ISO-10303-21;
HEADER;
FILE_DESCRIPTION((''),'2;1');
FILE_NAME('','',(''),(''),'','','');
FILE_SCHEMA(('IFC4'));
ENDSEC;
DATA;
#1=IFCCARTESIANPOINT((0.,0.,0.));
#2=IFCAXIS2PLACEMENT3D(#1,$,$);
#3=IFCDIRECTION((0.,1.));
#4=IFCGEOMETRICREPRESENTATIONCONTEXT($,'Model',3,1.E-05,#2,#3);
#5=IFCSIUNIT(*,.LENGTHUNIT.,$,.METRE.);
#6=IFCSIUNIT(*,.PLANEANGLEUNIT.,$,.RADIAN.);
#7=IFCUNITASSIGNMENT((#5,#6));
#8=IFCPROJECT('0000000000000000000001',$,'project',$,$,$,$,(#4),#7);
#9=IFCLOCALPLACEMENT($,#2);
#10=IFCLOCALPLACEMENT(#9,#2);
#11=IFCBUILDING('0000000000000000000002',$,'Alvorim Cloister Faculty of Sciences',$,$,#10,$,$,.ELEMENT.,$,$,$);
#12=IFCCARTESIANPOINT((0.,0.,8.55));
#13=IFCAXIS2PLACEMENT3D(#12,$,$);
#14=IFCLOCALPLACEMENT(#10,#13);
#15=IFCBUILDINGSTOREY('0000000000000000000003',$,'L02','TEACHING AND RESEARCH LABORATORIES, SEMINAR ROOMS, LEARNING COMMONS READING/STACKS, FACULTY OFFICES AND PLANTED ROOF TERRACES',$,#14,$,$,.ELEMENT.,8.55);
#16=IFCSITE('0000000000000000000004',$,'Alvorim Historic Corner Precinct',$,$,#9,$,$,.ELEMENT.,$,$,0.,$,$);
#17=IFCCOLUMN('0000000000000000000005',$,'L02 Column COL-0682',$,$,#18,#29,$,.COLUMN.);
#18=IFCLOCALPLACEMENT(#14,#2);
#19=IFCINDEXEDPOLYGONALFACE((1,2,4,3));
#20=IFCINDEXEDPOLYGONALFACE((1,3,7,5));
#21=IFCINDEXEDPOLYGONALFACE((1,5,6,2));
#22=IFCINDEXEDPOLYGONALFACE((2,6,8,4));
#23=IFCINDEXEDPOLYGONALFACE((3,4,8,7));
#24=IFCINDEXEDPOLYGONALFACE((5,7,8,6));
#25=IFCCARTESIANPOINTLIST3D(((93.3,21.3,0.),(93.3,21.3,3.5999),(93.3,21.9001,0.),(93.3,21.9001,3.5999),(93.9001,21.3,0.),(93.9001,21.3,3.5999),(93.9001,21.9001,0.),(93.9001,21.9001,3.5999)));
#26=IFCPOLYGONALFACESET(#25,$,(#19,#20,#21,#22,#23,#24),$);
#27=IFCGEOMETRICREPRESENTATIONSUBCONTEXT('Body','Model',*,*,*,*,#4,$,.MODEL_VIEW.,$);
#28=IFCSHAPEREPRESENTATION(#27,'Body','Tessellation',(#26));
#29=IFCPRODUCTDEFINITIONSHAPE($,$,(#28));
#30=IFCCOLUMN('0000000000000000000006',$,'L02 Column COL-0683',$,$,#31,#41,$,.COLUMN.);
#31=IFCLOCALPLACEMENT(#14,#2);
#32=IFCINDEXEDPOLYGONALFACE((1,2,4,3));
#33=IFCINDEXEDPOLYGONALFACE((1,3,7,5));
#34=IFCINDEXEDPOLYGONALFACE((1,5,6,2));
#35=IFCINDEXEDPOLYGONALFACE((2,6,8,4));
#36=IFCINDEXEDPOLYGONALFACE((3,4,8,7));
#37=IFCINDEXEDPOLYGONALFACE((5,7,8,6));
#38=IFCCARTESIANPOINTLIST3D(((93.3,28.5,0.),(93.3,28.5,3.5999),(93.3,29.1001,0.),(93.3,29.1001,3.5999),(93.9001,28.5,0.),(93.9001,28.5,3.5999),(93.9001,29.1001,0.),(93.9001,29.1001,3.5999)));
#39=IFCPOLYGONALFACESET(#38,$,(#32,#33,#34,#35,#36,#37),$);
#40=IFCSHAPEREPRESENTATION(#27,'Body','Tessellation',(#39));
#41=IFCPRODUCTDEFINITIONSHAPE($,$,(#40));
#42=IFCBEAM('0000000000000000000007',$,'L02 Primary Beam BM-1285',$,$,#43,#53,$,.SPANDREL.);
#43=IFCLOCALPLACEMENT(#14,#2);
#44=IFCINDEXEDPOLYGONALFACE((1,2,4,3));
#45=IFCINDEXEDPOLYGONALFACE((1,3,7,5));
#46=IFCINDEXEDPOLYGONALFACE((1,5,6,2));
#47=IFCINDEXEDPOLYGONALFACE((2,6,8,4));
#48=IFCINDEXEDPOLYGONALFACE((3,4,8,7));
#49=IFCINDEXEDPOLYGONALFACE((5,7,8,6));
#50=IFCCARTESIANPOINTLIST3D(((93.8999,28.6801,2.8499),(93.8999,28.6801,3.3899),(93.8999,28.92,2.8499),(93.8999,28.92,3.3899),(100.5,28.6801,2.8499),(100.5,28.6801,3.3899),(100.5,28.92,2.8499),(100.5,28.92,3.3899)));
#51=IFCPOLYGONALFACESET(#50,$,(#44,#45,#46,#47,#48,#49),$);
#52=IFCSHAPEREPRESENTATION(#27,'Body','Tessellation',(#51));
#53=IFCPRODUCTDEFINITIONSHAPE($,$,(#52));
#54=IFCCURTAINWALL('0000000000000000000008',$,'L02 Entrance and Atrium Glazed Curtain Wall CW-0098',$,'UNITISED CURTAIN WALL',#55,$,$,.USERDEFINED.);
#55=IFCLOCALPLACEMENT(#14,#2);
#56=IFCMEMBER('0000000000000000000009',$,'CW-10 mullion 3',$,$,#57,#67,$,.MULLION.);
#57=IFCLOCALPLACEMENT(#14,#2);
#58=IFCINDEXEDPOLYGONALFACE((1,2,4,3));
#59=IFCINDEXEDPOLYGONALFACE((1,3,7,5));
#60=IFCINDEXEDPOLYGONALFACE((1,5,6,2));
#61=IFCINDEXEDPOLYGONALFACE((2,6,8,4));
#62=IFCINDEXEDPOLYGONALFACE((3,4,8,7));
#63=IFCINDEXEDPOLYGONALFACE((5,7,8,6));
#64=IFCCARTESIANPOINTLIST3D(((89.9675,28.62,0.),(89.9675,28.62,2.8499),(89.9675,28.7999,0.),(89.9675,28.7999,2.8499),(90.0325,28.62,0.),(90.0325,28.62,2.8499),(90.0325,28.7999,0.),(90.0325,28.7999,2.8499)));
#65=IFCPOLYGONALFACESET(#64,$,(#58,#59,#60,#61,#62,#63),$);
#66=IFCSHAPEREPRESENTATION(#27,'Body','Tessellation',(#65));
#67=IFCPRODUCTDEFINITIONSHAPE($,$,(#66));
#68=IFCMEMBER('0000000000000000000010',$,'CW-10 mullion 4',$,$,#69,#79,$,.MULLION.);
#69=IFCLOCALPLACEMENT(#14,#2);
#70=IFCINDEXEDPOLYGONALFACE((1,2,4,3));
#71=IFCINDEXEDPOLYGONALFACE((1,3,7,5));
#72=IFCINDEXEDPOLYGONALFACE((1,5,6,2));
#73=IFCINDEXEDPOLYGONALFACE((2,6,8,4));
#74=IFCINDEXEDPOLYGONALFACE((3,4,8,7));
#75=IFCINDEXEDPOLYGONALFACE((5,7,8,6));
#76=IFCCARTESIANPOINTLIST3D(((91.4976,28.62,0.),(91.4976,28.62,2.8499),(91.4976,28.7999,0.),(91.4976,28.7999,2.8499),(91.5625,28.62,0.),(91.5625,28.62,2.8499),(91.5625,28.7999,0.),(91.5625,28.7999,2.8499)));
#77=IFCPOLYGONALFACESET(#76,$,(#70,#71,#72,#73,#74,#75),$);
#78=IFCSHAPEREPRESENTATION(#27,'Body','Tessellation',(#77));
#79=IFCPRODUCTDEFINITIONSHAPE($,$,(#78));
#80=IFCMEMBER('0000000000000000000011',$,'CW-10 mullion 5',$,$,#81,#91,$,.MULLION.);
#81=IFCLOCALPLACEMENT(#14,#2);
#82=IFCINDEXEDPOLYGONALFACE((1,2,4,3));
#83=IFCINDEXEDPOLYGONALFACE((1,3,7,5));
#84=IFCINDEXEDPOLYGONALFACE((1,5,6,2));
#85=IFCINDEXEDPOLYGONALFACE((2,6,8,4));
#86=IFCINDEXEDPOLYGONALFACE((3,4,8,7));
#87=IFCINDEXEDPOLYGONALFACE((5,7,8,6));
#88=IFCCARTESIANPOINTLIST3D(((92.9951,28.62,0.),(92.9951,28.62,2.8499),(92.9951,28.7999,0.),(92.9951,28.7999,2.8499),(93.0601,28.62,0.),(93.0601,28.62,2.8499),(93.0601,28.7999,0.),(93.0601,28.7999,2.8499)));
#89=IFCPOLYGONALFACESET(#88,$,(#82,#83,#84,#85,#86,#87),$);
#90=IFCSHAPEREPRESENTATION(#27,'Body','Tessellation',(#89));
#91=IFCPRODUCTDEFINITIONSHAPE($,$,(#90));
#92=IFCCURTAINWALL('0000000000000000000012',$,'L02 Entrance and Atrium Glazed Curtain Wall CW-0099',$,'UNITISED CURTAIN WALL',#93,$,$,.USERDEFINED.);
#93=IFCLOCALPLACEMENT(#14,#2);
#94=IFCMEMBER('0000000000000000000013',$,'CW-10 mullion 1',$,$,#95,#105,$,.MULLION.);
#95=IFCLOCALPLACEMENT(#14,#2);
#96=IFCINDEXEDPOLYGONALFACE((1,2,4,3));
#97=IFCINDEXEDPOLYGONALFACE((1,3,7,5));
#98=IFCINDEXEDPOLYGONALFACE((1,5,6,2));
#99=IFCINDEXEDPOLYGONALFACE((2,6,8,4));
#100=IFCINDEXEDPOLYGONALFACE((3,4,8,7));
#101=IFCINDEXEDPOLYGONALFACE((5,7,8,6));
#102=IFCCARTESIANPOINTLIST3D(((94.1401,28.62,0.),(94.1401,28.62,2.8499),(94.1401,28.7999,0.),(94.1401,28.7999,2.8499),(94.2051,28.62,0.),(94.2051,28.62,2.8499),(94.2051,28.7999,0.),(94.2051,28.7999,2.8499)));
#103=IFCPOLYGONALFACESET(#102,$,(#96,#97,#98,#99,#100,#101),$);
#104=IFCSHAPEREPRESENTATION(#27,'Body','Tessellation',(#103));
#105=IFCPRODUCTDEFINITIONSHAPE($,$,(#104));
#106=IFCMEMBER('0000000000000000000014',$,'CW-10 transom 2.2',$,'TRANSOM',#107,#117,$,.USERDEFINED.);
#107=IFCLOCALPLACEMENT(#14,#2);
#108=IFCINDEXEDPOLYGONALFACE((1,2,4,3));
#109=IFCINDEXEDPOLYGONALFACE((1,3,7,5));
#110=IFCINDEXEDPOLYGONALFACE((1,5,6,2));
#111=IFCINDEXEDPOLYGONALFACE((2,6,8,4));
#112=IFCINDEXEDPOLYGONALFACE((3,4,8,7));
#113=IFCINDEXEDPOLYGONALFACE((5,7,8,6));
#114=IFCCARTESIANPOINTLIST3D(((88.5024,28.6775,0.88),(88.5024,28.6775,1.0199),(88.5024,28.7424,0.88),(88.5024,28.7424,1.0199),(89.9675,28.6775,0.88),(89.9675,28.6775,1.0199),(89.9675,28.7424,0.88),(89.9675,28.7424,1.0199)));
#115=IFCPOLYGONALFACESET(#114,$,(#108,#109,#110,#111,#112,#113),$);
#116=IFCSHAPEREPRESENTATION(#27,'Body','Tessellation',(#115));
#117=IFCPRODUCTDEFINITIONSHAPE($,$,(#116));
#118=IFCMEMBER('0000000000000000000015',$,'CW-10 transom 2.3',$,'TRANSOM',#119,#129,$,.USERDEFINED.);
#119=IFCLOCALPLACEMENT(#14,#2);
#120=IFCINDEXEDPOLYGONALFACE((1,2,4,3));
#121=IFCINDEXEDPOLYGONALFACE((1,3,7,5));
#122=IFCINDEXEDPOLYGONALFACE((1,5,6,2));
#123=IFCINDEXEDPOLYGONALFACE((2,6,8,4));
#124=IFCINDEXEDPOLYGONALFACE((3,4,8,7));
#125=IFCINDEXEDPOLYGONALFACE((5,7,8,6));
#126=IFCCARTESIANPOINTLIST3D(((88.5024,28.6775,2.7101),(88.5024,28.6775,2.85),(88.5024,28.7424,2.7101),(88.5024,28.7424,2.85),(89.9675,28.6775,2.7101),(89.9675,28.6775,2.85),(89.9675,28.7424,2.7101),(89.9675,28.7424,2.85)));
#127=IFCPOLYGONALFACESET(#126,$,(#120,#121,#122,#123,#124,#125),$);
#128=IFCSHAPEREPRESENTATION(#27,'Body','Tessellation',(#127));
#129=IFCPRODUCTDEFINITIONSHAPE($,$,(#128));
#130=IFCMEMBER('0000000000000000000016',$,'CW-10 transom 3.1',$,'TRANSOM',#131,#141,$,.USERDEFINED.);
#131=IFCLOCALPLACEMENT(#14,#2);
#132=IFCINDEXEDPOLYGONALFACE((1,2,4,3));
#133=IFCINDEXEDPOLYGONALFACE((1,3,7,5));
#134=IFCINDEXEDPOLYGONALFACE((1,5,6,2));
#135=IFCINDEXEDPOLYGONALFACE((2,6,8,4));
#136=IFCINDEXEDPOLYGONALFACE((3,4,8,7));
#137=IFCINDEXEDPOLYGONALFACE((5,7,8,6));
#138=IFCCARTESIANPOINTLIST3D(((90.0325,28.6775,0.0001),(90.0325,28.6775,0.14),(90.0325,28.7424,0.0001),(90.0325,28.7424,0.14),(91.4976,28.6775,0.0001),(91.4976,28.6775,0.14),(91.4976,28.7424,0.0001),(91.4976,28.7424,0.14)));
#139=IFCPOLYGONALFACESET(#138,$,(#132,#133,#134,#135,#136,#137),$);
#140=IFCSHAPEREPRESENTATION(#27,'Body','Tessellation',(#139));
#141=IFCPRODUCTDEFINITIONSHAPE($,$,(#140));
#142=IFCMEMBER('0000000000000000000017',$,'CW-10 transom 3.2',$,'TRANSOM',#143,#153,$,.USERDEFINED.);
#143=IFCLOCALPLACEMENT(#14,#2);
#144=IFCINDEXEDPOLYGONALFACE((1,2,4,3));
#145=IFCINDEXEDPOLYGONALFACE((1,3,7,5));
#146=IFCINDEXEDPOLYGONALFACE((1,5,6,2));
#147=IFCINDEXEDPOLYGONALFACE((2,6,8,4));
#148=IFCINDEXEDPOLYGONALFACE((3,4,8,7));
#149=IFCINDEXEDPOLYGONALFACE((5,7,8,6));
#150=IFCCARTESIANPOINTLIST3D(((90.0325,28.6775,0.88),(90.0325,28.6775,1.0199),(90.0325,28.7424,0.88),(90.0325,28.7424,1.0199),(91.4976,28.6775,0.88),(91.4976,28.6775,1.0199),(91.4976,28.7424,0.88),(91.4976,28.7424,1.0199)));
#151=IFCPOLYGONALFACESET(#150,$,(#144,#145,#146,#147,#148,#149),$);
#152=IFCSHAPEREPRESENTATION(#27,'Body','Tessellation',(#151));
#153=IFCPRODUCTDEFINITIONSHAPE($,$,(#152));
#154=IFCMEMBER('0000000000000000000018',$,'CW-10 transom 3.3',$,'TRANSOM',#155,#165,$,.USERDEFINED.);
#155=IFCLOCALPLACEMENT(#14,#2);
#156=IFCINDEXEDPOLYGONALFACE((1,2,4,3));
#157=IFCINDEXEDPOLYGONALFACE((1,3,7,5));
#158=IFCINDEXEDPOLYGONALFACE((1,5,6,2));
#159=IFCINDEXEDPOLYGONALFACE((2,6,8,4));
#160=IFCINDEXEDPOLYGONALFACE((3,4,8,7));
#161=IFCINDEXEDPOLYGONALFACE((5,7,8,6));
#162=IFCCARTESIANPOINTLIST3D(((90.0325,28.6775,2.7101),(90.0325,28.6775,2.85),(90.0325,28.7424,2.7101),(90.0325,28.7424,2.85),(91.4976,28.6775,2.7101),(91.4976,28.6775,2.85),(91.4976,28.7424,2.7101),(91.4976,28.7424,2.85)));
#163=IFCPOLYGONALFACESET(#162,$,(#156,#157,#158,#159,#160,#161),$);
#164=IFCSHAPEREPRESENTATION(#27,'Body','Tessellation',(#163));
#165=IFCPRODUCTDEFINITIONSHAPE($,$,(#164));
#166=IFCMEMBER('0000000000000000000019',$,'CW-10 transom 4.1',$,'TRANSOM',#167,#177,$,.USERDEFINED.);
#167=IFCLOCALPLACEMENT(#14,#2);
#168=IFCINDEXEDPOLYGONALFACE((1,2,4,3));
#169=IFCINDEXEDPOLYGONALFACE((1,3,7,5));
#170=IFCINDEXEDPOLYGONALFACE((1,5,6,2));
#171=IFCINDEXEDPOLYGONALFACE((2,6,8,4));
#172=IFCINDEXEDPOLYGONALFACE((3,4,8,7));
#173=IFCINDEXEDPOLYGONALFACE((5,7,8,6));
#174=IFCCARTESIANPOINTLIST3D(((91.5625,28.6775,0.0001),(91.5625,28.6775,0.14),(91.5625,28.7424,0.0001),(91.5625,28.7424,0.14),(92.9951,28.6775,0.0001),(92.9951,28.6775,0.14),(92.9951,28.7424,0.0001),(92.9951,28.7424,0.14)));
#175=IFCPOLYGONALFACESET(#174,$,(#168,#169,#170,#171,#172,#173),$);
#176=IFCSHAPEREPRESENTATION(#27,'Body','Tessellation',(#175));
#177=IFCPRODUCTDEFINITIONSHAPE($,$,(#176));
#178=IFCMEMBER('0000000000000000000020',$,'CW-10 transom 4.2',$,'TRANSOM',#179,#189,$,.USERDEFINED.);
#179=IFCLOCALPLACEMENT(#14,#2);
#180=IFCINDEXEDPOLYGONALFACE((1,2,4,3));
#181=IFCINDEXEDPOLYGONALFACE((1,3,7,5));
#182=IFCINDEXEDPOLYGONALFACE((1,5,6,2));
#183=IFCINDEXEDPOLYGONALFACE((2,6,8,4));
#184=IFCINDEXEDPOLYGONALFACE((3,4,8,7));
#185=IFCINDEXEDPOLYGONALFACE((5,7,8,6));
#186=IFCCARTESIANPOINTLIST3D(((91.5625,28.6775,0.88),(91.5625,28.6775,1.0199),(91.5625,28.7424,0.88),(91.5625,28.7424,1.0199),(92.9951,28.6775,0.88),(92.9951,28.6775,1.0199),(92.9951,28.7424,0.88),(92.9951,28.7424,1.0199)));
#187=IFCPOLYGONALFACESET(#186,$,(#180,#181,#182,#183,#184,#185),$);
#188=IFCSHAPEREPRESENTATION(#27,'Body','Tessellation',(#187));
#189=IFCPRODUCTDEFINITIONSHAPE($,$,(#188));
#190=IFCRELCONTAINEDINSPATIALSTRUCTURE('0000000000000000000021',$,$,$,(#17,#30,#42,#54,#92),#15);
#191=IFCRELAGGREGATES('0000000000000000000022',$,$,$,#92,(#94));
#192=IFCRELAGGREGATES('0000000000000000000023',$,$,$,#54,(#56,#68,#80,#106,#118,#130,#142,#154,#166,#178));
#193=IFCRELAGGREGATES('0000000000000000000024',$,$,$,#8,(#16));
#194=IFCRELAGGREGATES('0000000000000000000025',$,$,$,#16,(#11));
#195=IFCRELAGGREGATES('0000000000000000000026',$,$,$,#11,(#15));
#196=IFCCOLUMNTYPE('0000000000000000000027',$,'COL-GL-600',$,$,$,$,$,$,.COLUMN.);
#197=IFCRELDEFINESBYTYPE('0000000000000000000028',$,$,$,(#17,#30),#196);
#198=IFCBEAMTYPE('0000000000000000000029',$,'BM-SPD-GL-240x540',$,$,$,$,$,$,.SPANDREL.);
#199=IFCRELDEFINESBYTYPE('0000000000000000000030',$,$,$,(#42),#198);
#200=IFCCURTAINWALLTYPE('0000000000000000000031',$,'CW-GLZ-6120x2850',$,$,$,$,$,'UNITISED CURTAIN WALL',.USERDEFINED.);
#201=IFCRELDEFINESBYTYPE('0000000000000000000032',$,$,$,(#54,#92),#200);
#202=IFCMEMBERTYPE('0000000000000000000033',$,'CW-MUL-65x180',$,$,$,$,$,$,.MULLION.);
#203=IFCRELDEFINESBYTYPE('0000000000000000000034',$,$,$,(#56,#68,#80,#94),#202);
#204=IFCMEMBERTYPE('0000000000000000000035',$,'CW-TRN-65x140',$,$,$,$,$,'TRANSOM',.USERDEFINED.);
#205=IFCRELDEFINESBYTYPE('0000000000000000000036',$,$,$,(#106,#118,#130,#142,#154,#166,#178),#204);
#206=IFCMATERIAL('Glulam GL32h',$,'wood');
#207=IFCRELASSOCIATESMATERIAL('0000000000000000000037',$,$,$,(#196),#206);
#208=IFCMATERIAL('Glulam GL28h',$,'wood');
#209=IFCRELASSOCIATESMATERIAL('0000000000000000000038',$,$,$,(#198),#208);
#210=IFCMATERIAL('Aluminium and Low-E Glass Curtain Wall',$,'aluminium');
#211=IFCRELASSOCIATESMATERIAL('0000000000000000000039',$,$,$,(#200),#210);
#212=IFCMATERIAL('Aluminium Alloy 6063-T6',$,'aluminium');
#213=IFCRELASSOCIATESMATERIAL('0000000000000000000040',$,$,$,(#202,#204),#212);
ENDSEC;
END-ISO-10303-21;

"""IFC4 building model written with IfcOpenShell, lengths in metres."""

from ifc_helpers import new_model, si_unit, direction, frame, origin, origin_2d, place, context, subcontext, project, spatial, rectangle, extrude, material, material_profile, profile_set, type_object, element, aggregate, save


model = new_model("IFC4")

# Units and contexts
model_context = context("Model", 3, precision=1e-05, world=origin(), true_north=direction((0.0, 1.0)))
body_context = subcontext(model_context, "Body", "Model", "MODEL_VIEW")
ifc_project = project(units=[si_unit("LENGTHUNIT", "METRE"), si_unit("PLANEANGLEUNIT", "RADIAN")], contexts=[model_context])

# Site, building, storey
site_placement = place(None, origin())
site = spatial("IfcSite", under=ifc_project, at=site_placement, Name="Alvorim Historic Corner Precinct", CompositionType="ELEMENT", RefElevation=0.0)
building_placement = place(site_placement, origin())
building = spatial("IfcBuilding", under=site, at=building_placement, Name="Alvorim Cloister Faculty of Sciences", CompositionType="ELEMENT")
storey_placement = place(building_placement, frame((0.0, 0.0, 8.55)))
storey = spatial("IfcBuildingStorey", under=building, at=storey_placement, Name="L02", Description="TEACHING AND RESEARCH LABORATORIES, SEMINAR ROOMS, LEARNING COMMONS READING/STACKS, FACULTY OFFICES AND PLANTED ROOF TERRACES", CompositionType="ELEMENT", Elevation=8.55)

# Columns
ifc_material_1 = material(Name="Glulam GL32h", Category="wood")
ifc_material_profile_1 = material_profile(ifc_material_1, rectangle(XDim=0.6001, YDim=0.6001, at=origin_2d()), Name="GL32-COL-600x600")
ifc_profile_set_1 = profile_set([ifc_material_profile_1], Name="Glulam GL32h")
column_type = type_object("IfcColumnType", Name="COL-GL-600", PredefinedType="COLUMN", material=ifc_profile_set_1)
for number, where, z_axis, x_axis, name in (
    (1, (93.6001, 21.6001, 0.0), (0.0, 0.0, 1.0), (1.0, 0.0, 0.0), "L02 Column COL-0682"),
    (2, (93.6001, 28.8, 0.0), (0.0, 0.0, 1.0), (1.0, 0.0, 0.0), "L02 Column COL-0683"),
):
    element("IfcColumn", number, at=place(storey_placement, frame(where, z_axis=z_axis, x_axis=x_axis)), inside=storey, type_object=column_type, Name=name, PredefinedType="COLUMN", context=body_context, shape_type="SweptSolid", body=[
        extrude(rectangle(XDim=0.6001, YDim=0.6001, at=origin_2d()), origin(), (0.0, 0.0, 1.0), 3.5999),
    ])

# Beam
ifc_material_2 = material(Name="Glulam GL28h", Category="wood")
ifc_material_profile_2 = material_profile(ifc_material_2, rectangle(XDim=0.24, YDim=0.54, at=origin_2d()), Name="GL28-SPD-240x540")
ifc_profile_set_2 = profile_set([ifc_material_profile_2], Name="Glulam GL28h")
beam_type = type_object("IfcBeamType", Name="BM-SPD-GL-240x540", PredefinedType="SPANDREL", material=ifc_profile_set_2)
beam_placement = place(storey_placement, frame((93.8999, 28.8, 3.1199), z_axis=(1.0, 0.0, 0.0), x_axis=(0.0, 1.0, 0.0)))
element("IfcBeam", 3, at=beam_placement, inside=storey, type_object=beam_type, Name="L02 Primary Beam BM-1285", PredefinedType="SPANDREL", context=body_context, shape_type="SweptSolid", body=[
    extrude(rectangle(XDim=0.24, YDim=0.54, at=origin_2d()), origin(), (0.0, 0.0, 1.0), 6.6001),
])

# Curtain wall, members
ifc_material_3 = material(Name="Aluminium and Low-E Glass Curtain Wall", Category="aluminium")
curtain_wall_type = type_object("IfcCurtainWallType", Name="CW-GLZ-6120x2850", ElementType="UNITISED CURTAIN WALL", PredefinedType="USERDEFINED", material=ifc_material_3)
curtain_wall_1_placement = place(storey_placement, origin())
curtain_wall_1 = element("IfcCurtainWall", 4, at=curtain_wall_1_placement, inside=storey, type_object=curtain_wall_type, Name="L02 Entrance and Atrium Glazed Curtain Wall CW-0098", ObjectType="UNITISED CURTAIN WALL", PredefinedType="USERDEFINED")
ifc_material_4 = material(Name="Aluminium Alloy 6063-T6", Category="aluminium")
ifc_material_profile_3 = material_profile(ifc_material_4, rectangle(XDim=0.0649, YDim=0.1799, at=origin_2d()), Name="ALU-MUL-65x180")
ifc_profile_set_3 = profile_set([ifc_material_profile_3], Name="Aluminium Alloy 6063-T6")
member_type_1 = type_object("IfcMemberType", Name="CW-MUL-65x180", PredefinedType="MULLION", material=ifc_profile_set_3)
member_1_placement = place(storey_placement, frame((90.0, 28.71, 0.0), z_axis=(0.0, 0.0, 1.0), x_axis=(1.0, 0.0, 0.0)))
member_1 = element("IfcMember", 5, at=member_1_placement, type_object=member_type_1, Name="CW-10 mullion 3", PredefinedType="MULLION", context=body_context, shape_type="SweptSolid", body=[
    extrude(rectangle(XDim=0.0649, YDim=0.1799, at=origin_2d()), origin(), (0.0, 0.0, 1.0), 2.8499),
])
member_2_placement = place(storey_placement, frame((91.53, 28.71, 0.0), z_axis=(0.0, 0.0, 1.0), x_axis=(1.0, 0.0, 0.0)))
member_2 = element("IfcMember", 6, at=member_2_placement, type_object=member_type_1, Name="CW-10 mullion 4", PredefinedType="MULLION", context=body_context, shape_type="SweptSolid", body=[
    extrude(rectangle(XDim=0.0649, YDim=0.1799, at=origin_2d()), origin(), (0.0, 0.0, 1.0), 2.8499),
])
member_3_placement = place(storey_placement, frame((93.0276, 28.71, 0.0), z_axis=(0.0, 0.0, 1.0), x_axis=(1.0, 0.0, 0.0)))
member_3 = element("IfcMember", 7, at=member_3_placement, type_object=member_type_1, Name="CW-10 mullion 5", PredefinedType="MULLION", context=body_context, shape_type="SweptSolid", body=[
    extrude(rectangle(XDim=0.0649, YDim=0.1799, at=origin_2d()), origin(), (0.0, 0.0, 1.0), 2.8499),
])

# Curtain wall, member
curtain_wall_2_placement = place(storey_placement, origin())
curtain_wall_2 = element("IfcCurtainWall", 8, at=curtain_wall_2_placement, inside=storey, type_object=curtain_wall_type, Name="L02 Entrance and Atrium Glazed Curtain Wall CW-0099", ObjectType="UNITISED CURTAIN WALL", PredefinedType="USERDEFINED")
member_4_placement = place(storey_placement, frame((94.1726, 28.71, 0.0), z_axis=(0.0, 0.0, 1.0), x_axis=(1.0, 0.0, 0.0)))
member_4 = element("IfcMember", 9, at=member_4_placement, type_object=member_type_1, Name="CW-10 mullion 1", PredefinedType="MULLION", context=body_context, shape_type="SweptSolid", body=[
    extrude(rectangle(XDim=0.0649, YDim=0.1799, at=origin_2d()), origin(), (0.0, 0.0, 1.0), 2.8499),
])

# Members
ifc_material_profile_4 = material_profile(ifc_material_4, rectangle(XDim=0.0649, YDim=0.1399, at=origin_2d()), Name="ALU-TRN-65x140")
ifc_profile_set_4 = profile_set([ifc_material_profile_4], Name="Aluminium Alloy 6063-T6")
member_type_2 = type_object("IfcMemberType", Name="CW-TRN-65x140", ElementType="TRANSOM", PredefinedType="USERDEFINED", material=ifc_profile_set_4)
member_5_placement = place(storey_placement, frame((88.5024, 28.71, 0.95), z_axis=(1.0, 0.0, 0.0), x_axis=(0.0, 1.0, 0.0)))
member_5 = element("IfcMember", 10, at=member_5_placement, type_object=member_type_2, Name="CW-10 transom 2.2", ObjectType="TRANSOM", PredefinedType="USERDEFINED", context=body_context, shape_type="SweptSolid", body=[
    extrude(rectangle(XDim=0.0649, YDim=0.1399, at=origin_2d()), origin(), (0.0, 0.0, 1.0), 1.4651),
])
member_6_placement = place(storey_placement, frame((88.5024, 28.71, 2.78), z_axis=(1.0, 0.0, 0.0), x_axis=(0.0, 1.0, 0.0)))
member_6 = element("IfcMember", 11, at=member_6_placement, type_object=member_type_2, Name="CW-10 transom 2.3", ObjectType="TRANSOM", PredefinedType="USERDEFINED", context=body_context, shape_type="SweptSolid", body=[
    extrude(rectangle(XDim=0.0649, YDim=0.1399, at=origin_2d()), origin(), (0.0, 0.0, 1.0), 1.4651),
])
member_7_placement = place(storey_placement, frame((90.0325, 28.71, 0.0701), z_axis=(1.0, 0.0, 0.0), x_axis=(0.0, 1.0, 0.0)))
member_7 = element("IfcMember", 12, at=member_7_placement, type_object=member_type_2, Name="CW-10 transom 3.1", ObjectType="TRANSOM", PredefinedType="USERDEFINED", context=body_context, shape_type="SweptSolid", body=[
    extrude(rectangle(XDim=0.0649, YDim=0.1399, at=origin_2d()), origin(), (0.0, 0.0, 1.0), 1.4651),
])
member_8_placement = place(storey_placement, frame((90.0325, 28.71, 0.95), z_axis=(1.0, 0.0, 0.0), x_axis=(0.0, 1.0, 0.0)))
member_8 = element("IfcMember", 13, at=member_8_placement, type_object=member_type_2, Name="CW-10 transom 3.2", ObjectType="TRANSOM", PredefinedType="USERDEFINED", context=body_context, shape_type="SweptSolid", body=[
    extrude(rectangle(XDim=0.0649, YDim=0.1399, at=origin_2d()), origin(), (0.0, 0.0, 1.0), 1.4651),
])
member_9_placement = place(storey_placement, frame((90.0325, 28.71, 2.78), z_axis=(1.0, 0.0, 0.0), x_axis=(0.0, 1.0, 0.0)))
member_9 = element("IfcMember", 14, at=member_9_placement, type_object=member_type_2, Name="CW-10 transom 3.3", ObjectType="TRANSOM", PredefinedType="USERDEFINED", context=body_context, shape_type="SweptSolid", body=[
    extrude(rectangle(XDim=0.0649, YDim=0.1399, at=origin_2d()), origin(), (0.0, 0.0, 1.0), 1.4651),
])
member_10_placement = place(storey_placement, frame((91.5625, 28.71, 0.0701), z_axis=(1.0, 0.0, 0.0), x_axis=(0.0, 1.0, 0.0)))
member_10 = element("IfcMember", 15, at=member_10_placement, type_object=member_type_2, Name="CW-10 transom 4.1", ObjectType="TRANSOM", PredefinedType="USERDEFINED", context=body_context, shape_type="SweptSolid", body=[
    extrude(rectangle(XDim=0.0649, YDim=0.1399, at=origin_2d()), origin(), (0.0, 0.0, 1.0), 1.4326),
])
member_11_placement = place(storey_placement, frame((91.5625, 28.71, 0.95), z_axis=(1.0, 0.0, 0.0), x_axis=(0.0, 1.0, 0.0)))
member_11 = element("IfcMember", 16, at=member_11_placement, type_object=member_type_2, Name="CW-10 transom 4.2", ObjectType="TRANSOM", PredefinedType="USERDEFINED", context=body_context, shape_type="SweptSolid", body=[
    extrude(rectangle(XDim=0.0649, YDim=0.1399, at=origin_2d()), origin(), (0.0, 0.0, 1.0), 1.4326),
])
aggregate(curtain_wall_2, [member_4])

aggregate(curtain_wall_1, [member_1, member_2, member_3, member_5, member_6, member_7, member_8, member_9, member_10, member_11])

save(model, "model.ifc")
